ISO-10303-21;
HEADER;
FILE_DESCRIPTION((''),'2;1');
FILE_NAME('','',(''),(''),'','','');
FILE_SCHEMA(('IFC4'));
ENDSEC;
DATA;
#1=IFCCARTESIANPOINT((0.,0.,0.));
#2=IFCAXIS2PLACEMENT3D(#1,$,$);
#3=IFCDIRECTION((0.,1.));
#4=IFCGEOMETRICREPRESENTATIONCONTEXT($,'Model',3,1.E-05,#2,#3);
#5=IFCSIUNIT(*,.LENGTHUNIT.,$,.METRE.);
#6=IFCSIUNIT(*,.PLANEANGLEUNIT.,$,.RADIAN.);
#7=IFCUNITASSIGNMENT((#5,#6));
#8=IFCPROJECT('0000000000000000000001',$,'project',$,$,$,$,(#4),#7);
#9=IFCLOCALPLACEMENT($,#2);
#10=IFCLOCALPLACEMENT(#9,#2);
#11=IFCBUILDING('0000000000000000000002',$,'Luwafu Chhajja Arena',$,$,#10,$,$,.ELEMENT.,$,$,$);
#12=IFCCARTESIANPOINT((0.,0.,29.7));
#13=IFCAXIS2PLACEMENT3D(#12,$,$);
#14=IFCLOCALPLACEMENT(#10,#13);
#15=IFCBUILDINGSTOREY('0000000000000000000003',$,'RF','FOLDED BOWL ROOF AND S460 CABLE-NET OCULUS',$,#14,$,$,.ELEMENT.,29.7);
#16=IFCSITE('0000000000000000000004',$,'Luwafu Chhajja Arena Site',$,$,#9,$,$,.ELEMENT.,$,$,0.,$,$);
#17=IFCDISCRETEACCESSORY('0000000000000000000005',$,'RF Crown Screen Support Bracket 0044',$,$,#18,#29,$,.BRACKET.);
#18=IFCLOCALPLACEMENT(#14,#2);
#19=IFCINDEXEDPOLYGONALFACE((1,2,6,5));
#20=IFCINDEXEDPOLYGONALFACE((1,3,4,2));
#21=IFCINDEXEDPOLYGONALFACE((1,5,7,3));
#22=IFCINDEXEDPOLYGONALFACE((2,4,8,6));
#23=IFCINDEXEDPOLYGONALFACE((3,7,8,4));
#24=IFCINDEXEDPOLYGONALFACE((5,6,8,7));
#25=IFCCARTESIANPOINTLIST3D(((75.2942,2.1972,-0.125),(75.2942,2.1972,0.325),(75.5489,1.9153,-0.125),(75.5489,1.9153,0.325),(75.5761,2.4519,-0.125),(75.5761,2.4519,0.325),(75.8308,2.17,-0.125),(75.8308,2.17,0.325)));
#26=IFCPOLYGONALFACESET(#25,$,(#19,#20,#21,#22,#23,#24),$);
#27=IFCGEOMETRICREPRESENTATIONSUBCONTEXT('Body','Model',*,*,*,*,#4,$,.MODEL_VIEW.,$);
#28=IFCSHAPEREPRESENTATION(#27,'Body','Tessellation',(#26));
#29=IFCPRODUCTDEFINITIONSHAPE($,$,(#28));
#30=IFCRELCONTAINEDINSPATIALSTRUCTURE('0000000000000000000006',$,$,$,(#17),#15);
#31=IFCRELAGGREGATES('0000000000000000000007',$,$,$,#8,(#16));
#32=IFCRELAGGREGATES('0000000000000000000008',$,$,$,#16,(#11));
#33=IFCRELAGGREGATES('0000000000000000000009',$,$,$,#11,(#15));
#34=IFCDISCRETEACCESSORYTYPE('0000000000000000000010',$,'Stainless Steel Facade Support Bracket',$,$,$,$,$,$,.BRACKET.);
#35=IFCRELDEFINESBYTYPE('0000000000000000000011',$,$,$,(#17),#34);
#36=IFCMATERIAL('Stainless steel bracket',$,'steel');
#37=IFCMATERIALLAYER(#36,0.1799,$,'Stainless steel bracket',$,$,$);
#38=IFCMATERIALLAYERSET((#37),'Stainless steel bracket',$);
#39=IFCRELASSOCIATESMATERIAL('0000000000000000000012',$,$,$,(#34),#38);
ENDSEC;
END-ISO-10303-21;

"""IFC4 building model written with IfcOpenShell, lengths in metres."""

from ifc_helpers import new_model, si_unit, direction, frame, origin, origin_2d, place, context, subcontext, project, spatial, rectangle, extrude, material, layer, layer_set, type_object, element, save


model = new_model("IFC4")

# Units and contexts
model_context = context("Model", 3, precision=1e-05, world=origin(), true_north=direction((0.0, 1.0)))
body_context = subcontext(model_context, "Body", "Model", "MODEL_VIEW")
ifc_project = project(units=[si_unit("LENGTHUNIT", "METRE"), si_unit("PLANEANGLEUNIT", "RADIAN")], contexts=[model_context])

# Site, building, storey
site_placement = place(None, origin())
site = spatial("IfcSite", under=ifc_project, at=site_placement, Name="Luwafu Chhajja Arena Site", CompositionType="ELEMENT", RefElevation=0.0)
building_placement = place(site_placement, origin())
building = spatial("IfcBuilding", under=site, at=building_placement, Name="Luwafu Chhajja Arena", CompositionType="ELEMENT")
storey_placement = place(building_placement, frame((0.0, 0.0, 29.7)))
storey = spatial("IfcBuildingStorey", under=building, at=storey_placement, Name="RF", Description="FOLDED BOWL ROOF AND S460 CABLE-NET OCULUS", CompositionType="ELEMENT", Elevation=29.7)

# Discrete accessory
ifc_material_1 = material(Name="Stainless steel bracket", Category="steel")
ifc_layer_1 = layer(ifc_material_1, 0.1799, Name="Stainless steel bracket")
ifc_layer_set_1 = layer_set([ifc_layer_1], Name="Stainless steel bracket")
discrete_accessory_type = type_object("IfcDiscreteAccessoryType", Name="Stainless Steel Facade Support Bracket", PredefinedType="BRACKET", material=ifc_layer_set_1)
for number, where, z_axis, x_axis, name in (
    (1, (75.5625, 2.1836, -0.125), (0.0, 0.0, 1.0), (0.670358, -0.742038, 0.0), "RF Crown Screen Support Bracket 0044"),
):
    element("IfcDiscreteAccessory", number, at=place(storey_placement, frame(where, z_axis=z_axis, x_axis=x_axis)), inside=storey, type_object=discrete_accessory_type, Name=name, PredefinedType="BRACKET", context=body_context, shape_type="SweptSolid", body=[
        extrude(rectangle(XDim=0.3799, YDim=0.3799, at=origin_2d()), origin(), (0.0, 0.0, 1.0), 0.45),
    ])

save(model, "model.ifc")
